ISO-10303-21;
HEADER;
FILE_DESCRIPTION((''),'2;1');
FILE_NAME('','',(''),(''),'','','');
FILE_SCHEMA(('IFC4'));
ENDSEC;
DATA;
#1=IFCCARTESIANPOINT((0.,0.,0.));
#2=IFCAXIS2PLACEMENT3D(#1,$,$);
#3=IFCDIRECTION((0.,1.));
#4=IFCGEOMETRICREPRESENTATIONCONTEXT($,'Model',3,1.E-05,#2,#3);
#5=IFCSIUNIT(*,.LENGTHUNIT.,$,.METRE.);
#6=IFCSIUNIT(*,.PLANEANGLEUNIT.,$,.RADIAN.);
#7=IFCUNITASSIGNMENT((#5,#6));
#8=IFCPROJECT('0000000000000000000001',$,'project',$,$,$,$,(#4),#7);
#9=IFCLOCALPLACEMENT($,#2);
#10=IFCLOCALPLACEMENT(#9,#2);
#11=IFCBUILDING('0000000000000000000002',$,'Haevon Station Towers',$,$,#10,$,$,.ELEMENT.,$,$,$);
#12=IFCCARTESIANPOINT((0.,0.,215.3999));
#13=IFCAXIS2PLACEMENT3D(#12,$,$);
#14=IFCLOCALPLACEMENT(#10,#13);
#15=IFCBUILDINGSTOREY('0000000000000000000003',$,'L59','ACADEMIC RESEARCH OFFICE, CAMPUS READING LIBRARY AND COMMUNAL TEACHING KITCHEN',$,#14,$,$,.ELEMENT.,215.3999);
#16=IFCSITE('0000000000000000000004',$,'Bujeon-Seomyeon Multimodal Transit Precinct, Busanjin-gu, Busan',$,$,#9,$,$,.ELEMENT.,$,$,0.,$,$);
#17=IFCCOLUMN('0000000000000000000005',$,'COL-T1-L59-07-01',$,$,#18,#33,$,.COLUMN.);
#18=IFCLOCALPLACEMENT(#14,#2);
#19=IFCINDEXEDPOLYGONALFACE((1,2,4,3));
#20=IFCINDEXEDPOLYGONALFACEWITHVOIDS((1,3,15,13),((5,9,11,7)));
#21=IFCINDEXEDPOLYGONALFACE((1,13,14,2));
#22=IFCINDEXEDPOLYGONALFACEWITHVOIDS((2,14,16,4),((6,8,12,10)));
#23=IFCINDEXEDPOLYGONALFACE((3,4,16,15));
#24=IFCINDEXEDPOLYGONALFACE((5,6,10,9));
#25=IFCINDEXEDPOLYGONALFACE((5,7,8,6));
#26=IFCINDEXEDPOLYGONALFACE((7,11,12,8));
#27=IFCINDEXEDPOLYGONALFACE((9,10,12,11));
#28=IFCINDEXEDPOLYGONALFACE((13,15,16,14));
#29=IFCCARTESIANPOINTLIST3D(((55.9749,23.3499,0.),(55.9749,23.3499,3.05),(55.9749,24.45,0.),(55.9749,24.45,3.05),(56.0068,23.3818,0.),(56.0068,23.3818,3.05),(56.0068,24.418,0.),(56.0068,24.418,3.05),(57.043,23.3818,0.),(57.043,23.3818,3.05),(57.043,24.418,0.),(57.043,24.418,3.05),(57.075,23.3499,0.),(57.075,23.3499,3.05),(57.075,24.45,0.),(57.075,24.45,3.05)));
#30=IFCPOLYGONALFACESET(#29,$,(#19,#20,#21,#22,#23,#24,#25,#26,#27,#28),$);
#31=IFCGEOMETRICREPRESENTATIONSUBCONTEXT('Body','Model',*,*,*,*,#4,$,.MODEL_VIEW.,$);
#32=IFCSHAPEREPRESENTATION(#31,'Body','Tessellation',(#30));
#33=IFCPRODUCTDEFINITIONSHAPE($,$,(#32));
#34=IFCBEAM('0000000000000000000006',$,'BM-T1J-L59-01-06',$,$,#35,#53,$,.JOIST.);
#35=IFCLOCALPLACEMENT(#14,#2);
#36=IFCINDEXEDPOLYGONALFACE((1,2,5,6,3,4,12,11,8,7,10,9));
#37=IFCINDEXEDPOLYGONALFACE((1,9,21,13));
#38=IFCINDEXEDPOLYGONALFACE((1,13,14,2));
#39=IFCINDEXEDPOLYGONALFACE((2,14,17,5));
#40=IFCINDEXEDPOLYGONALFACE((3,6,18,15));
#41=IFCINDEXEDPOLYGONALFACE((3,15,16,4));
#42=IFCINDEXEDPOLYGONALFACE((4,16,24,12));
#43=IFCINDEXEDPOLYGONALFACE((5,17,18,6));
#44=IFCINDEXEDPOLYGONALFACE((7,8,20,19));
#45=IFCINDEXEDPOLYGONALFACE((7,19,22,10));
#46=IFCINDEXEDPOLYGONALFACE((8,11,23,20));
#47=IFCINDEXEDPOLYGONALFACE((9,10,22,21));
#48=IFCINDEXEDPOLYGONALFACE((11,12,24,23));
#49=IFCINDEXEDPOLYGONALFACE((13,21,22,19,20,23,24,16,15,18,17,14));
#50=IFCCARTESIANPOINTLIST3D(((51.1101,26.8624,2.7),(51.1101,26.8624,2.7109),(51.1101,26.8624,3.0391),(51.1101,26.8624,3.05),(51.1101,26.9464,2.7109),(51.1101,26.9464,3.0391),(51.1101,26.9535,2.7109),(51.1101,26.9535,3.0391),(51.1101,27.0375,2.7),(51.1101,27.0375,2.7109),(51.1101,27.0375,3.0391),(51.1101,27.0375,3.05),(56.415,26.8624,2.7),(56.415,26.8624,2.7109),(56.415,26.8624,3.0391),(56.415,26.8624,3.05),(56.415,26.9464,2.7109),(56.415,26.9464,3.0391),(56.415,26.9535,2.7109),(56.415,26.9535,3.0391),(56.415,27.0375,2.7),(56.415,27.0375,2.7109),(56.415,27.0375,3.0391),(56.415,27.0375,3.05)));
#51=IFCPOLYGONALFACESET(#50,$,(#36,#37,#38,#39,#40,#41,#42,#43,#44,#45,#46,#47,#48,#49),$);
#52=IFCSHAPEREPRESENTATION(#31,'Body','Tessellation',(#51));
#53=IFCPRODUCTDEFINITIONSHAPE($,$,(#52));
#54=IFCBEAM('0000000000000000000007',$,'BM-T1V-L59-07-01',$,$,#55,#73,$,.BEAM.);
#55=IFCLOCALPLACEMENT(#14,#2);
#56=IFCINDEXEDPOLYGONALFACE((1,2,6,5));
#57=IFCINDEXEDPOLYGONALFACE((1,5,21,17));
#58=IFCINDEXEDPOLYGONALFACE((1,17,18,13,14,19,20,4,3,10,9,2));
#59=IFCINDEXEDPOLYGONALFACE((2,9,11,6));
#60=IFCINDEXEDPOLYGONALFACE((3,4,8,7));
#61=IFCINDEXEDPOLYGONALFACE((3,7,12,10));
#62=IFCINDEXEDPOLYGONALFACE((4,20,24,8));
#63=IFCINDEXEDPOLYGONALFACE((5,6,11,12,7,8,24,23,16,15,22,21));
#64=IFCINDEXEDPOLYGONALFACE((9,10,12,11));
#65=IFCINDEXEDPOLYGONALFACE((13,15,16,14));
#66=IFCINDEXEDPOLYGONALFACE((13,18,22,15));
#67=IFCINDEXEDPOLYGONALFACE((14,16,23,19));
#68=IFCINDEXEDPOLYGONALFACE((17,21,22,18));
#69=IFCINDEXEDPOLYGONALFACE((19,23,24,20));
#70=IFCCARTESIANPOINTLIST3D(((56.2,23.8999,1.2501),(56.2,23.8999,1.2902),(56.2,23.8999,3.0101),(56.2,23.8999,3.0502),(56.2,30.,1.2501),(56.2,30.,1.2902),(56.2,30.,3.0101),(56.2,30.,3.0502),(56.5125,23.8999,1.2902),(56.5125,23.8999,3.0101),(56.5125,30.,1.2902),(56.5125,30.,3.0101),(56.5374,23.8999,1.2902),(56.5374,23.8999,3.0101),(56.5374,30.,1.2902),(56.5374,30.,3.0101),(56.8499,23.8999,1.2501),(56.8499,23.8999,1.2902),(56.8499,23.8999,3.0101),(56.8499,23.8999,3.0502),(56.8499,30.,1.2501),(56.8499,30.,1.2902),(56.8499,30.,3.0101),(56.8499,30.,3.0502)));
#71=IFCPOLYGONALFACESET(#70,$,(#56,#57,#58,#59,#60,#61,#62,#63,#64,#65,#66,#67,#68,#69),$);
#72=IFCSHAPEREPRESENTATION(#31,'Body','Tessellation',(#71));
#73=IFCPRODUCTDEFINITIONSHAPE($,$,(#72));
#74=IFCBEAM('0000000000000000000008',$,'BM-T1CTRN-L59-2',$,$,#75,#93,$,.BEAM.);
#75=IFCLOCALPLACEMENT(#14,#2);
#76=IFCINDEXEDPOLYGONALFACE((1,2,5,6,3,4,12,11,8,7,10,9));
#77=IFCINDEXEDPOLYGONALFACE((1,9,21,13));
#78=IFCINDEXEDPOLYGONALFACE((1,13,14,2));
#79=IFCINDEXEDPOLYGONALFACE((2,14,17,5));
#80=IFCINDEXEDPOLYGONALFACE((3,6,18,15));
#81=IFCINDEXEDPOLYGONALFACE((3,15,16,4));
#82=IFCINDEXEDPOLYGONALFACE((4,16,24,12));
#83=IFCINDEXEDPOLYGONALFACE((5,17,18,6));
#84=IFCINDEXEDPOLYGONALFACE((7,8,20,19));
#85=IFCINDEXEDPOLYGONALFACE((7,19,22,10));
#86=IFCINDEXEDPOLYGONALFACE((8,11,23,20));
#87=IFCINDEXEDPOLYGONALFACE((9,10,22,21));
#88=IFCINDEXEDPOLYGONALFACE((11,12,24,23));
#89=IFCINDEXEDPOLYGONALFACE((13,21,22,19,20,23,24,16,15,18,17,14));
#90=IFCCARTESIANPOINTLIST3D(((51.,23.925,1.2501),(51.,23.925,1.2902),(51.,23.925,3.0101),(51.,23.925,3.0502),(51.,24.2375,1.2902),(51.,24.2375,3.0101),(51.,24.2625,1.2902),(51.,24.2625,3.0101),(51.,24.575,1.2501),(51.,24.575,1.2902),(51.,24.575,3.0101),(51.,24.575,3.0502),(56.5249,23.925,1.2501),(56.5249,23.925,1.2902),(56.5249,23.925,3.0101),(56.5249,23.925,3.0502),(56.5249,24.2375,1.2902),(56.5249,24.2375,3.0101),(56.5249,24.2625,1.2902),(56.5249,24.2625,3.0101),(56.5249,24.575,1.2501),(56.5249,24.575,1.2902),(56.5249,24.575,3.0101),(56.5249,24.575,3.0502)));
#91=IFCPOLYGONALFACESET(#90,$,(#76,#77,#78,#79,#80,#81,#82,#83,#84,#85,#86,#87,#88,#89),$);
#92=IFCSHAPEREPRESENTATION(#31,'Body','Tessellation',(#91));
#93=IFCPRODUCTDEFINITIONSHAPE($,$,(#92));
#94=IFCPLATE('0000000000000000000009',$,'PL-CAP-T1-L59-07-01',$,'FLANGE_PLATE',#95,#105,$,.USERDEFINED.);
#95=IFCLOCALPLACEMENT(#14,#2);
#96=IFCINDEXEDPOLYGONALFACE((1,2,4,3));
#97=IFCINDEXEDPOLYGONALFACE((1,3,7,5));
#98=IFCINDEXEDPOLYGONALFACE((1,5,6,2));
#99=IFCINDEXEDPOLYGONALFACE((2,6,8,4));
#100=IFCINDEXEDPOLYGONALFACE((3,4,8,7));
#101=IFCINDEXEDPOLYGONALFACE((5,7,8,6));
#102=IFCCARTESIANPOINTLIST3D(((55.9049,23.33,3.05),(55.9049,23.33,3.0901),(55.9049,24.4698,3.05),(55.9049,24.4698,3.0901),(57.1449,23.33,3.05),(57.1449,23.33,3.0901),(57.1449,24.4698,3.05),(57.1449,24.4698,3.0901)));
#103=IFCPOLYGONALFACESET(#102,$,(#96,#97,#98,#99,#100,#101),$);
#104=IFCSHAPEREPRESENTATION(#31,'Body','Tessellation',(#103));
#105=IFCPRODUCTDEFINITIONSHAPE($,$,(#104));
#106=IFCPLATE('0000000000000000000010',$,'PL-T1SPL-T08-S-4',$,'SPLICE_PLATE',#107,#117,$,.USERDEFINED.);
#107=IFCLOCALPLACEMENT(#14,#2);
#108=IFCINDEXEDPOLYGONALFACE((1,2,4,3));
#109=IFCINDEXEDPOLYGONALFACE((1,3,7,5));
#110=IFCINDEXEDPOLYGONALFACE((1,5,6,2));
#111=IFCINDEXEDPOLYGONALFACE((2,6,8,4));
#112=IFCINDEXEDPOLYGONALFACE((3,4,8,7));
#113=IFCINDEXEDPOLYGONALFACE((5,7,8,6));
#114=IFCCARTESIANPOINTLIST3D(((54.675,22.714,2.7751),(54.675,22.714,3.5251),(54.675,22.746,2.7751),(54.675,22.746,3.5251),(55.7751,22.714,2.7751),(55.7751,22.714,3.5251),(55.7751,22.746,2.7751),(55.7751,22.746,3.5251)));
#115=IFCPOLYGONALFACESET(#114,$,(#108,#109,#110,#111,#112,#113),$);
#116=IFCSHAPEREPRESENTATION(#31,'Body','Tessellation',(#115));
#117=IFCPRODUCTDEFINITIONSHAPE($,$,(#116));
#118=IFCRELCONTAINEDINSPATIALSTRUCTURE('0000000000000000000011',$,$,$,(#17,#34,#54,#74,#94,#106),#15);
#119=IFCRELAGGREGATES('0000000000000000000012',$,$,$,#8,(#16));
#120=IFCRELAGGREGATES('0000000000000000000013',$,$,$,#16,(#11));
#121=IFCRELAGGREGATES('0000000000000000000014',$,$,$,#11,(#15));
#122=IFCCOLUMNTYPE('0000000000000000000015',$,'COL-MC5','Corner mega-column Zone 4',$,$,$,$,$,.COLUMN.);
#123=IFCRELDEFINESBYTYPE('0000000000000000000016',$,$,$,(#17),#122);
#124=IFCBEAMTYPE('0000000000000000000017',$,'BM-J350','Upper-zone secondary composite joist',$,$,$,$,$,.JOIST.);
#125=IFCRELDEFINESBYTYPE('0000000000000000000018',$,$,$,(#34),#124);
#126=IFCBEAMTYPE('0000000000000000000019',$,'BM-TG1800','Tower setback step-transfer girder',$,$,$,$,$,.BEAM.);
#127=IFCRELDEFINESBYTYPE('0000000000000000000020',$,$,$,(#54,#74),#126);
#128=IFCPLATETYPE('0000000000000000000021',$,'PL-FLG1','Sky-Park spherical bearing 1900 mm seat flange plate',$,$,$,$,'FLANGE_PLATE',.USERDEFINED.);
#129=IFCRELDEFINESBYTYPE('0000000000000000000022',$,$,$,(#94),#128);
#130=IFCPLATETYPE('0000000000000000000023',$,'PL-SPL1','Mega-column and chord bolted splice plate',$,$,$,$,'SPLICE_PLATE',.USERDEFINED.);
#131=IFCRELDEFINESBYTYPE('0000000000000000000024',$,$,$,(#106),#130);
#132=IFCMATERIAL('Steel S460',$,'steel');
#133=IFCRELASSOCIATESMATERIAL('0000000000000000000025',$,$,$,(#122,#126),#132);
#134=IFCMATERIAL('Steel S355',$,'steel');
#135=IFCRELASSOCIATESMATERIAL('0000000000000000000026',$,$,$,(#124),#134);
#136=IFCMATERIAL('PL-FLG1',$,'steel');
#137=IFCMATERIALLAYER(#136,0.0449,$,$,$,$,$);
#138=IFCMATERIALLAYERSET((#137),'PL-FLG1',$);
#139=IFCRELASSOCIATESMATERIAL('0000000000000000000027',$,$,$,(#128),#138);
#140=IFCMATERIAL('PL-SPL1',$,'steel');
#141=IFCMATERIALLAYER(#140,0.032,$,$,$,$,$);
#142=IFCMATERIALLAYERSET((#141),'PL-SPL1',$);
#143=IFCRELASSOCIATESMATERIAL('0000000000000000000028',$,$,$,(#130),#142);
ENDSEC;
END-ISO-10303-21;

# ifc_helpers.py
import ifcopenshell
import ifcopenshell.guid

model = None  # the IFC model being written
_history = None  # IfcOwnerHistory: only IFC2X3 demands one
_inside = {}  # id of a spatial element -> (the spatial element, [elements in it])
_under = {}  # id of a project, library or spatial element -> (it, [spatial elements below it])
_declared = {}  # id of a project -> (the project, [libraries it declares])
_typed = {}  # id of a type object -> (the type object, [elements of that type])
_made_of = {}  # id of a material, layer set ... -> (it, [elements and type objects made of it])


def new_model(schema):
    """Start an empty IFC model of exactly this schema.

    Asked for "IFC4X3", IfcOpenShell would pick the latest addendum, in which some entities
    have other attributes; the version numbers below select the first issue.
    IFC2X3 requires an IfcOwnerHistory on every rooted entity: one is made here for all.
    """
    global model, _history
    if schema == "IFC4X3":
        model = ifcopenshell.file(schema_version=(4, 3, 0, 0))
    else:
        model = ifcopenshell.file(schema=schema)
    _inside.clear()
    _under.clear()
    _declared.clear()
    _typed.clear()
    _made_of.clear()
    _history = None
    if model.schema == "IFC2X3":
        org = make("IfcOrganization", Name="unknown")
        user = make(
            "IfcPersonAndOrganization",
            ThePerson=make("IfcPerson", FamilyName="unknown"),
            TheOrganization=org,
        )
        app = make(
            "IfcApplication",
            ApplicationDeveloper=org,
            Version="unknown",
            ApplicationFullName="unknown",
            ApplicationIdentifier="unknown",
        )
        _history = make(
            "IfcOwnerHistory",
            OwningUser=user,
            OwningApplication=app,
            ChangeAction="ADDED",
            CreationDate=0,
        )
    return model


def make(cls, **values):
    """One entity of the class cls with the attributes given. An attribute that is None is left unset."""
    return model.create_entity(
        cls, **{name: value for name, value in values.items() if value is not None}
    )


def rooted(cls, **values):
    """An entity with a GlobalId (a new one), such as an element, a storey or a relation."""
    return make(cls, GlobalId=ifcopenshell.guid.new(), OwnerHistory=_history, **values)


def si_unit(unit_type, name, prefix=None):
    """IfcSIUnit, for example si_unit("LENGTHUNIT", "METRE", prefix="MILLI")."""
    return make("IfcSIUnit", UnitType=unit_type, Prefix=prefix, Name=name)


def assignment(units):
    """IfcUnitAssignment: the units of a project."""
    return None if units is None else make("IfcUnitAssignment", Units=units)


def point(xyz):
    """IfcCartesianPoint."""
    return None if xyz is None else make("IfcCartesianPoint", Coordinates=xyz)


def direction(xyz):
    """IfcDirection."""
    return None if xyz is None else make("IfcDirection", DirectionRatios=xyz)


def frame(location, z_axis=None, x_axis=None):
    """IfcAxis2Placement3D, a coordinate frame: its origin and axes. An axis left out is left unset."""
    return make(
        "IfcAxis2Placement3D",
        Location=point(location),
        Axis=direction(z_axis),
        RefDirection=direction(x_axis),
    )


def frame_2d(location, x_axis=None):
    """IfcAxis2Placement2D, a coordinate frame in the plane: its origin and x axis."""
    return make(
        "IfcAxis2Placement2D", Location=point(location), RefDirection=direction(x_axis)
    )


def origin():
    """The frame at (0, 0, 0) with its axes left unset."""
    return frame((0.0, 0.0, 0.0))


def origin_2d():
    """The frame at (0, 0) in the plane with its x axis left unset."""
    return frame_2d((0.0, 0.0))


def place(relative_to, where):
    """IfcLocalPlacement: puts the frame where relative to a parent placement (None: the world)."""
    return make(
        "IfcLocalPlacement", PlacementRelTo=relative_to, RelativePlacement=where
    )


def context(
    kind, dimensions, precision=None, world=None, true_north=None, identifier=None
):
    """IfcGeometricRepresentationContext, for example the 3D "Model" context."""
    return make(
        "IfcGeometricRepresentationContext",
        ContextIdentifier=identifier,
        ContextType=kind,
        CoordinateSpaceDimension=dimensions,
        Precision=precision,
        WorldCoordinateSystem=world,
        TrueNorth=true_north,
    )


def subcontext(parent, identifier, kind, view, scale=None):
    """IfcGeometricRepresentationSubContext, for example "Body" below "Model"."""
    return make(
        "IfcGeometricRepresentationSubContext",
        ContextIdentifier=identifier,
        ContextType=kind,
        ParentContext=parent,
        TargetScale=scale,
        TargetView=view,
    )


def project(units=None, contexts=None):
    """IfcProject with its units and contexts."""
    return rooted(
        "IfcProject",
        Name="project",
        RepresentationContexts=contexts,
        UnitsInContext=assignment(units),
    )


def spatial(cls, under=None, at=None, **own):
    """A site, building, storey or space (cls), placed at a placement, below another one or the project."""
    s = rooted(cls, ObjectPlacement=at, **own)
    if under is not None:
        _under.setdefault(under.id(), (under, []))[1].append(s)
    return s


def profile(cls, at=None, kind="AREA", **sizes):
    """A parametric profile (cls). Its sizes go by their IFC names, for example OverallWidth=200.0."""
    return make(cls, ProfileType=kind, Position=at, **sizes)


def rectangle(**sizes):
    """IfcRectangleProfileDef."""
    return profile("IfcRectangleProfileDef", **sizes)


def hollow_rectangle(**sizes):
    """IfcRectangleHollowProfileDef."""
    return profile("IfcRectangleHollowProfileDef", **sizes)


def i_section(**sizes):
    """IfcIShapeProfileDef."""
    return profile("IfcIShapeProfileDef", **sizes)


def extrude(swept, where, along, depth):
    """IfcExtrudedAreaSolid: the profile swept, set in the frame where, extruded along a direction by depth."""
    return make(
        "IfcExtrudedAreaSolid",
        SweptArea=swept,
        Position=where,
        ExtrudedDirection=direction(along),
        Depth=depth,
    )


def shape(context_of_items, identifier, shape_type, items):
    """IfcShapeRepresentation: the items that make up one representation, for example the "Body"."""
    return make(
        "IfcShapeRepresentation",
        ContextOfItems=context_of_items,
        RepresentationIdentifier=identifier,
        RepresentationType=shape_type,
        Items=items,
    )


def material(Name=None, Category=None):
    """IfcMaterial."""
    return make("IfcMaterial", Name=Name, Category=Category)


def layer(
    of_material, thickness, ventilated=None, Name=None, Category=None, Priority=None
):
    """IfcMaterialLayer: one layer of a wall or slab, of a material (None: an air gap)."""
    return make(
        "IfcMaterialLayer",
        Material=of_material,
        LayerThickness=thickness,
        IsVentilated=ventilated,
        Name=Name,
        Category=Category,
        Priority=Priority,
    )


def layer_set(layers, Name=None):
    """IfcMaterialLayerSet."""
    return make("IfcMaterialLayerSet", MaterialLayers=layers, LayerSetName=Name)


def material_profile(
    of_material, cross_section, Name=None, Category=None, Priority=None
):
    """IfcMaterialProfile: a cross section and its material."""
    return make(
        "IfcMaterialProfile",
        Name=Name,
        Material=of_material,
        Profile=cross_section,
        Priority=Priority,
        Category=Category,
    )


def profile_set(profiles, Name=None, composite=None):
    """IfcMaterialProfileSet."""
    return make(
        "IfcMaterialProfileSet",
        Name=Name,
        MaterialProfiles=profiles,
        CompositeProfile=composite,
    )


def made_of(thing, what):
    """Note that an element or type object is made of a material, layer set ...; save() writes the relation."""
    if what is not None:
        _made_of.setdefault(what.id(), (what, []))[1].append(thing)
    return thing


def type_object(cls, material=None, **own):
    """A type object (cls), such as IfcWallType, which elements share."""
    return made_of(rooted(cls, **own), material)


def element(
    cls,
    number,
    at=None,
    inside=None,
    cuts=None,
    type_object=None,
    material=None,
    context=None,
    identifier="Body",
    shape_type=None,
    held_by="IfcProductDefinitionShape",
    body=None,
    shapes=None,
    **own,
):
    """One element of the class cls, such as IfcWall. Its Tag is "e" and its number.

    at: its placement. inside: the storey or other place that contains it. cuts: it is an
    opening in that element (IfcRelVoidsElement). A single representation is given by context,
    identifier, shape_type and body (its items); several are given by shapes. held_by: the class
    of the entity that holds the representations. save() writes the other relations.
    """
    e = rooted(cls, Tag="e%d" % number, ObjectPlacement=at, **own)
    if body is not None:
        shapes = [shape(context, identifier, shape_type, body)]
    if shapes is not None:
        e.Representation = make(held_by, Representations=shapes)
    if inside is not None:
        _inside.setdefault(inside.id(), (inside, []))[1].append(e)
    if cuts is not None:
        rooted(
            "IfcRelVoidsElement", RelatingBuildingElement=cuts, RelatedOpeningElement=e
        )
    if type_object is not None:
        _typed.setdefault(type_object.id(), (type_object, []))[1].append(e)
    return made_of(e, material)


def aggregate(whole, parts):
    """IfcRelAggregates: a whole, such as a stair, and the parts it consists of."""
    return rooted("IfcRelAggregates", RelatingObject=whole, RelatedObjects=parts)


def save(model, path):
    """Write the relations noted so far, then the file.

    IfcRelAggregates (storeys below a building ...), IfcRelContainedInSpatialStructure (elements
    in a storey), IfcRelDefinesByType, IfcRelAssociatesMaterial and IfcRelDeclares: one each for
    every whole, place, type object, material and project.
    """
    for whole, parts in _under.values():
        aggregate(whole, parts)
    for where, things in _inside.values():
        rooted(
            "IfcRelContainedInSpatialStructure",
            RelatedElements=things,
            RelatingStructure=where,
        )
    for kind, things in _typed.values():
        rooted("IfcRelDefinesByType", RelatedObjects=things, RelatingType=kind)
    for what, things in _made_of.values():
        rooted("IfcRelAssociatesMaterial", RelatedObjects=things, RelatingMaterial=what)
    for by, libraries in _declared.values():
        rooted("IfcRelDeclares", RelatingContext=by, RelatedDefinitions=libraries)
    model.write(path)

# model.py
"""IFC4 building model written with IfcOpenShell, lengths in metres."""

from ifc_helpers import new_model, si_unit, direction, frame, origin, origin_2d, place, context, subcontext, project, spatial, rectangle, hollow_rectangle, i_section, extrude, material, layer, layer_set, material_profile, profile_set, type_object, element, save


model = new_model("IFC4")

# Units and contexts
model_context = context("Model", 3, precision=1e-05, world=origin(), true_north=direction((0.0, 1.0)))
body_context = subcontext(model_context, "Body", "Model", "MODEL_VIEW")
ifc_project = project(units=[si_unit("LENGTHUNIT", "METRE"), si_unit("PLANEANGLEUNIT", "RADIAN")], contexts=[model_context])

# Site, building, storey
site_placement = place(None, origin())
site = spatial("IfcSite", under=ifc_project, at=site_placement, Name="Bujeon-Seomyeon Multimodal Transit Precinct, Busanjin-gu, Busan", CompositionType="ELEMENT", RefElevation=0.0)
building_placement = place(site_placement, origin())
building = spatial("IfcBuilding", under=site, at=building_placement, Name="Haevon Station Towers", CompositionType="ELEMENT")
storey_placement = place(building_placement, frame((0.0, 0.0, 215.3999)))
storey = spatial("IfcBuildingStorey", under=building, at=storey_placement, Name="L59", Description="ACADEMIC RESEARCH OFFICE, CAMPUS READING LIBRARY AND COMMUNAL TEACHING KITCHEN", CompositionType="ELEMENT", Elevation=215.3999)

# Column
ifc_material_1 = material(Name="Steel S460", Category="steel")
ifc_material_profile_1 = material_profile(ifc_material_1, hollow_rectangle(XDim=1.1001, YDim=1.1001, WallThickness=0.032, at=origin_2d()), Name="BOX-1100x1100x32")
ifc_profile_set_1 = profile_set([ifc_material_profile_1], Name="Steel S460")
column_type = type_object("IfcColumnType", Name="COL-MC5", Description="Corner mega-column Zone 4", PredefinedType="COLUMN", material=ifc_profile_set_1)
column_placement = place(storey_placement, frame((56.5249, 23.8999, 0.0), z_axis=(0.0, 0.0, 1.0), x_axis=(1.0, 0.0, 0.0)))
element("IfcColumn", 1, at=column_placement, inside=storey, type_object=column_type, Name="COL-T1-L59-07-01", PredefinedType="COLUMN", context=body_context, shape_type="SweptSolid", body=[
    extrude(hollow_rectangle(XDim=1.1001, YDim=1.1001, WallThickness=0.032, at=origin_2d()), origin(), (0.0, 0.0, 1.0), 3.05),
])

# Beams
ifc_material_2 = material(Name="Steel S355", Category="steel")
ifc_material_profile_2 = material_profile(ifc_material_2, i_section(OverallWidth=0.175, OverallDepth=0.3501, WebThickness=0.0071, FlangeThickness=0.011, at=origin_2d()), Name="H-350x175x7x11")
ifc_profile_set_2 = profile_set([ifc_material_profile_2], Name="Steel S355")
beam_type_1 = type_object("IfcBeamType", Name="BM-J350", Description="Upper-zone secondary composite joist", PredefinedType="JOIST", material=ifc_profile_set_2)
beam_1_placement = place(storey_placement, frame((51.1101, 26.95, 2.875), z_axis=(1.0, 0.0, 0.0), x_axis=(0.0, 1.0, 0.0)))
element("IfcBeam", 2, at=beam_1_placement, inside=storey, type_object=beam_type_1, Name="BM-T1J-L59-01-06", PredefinedType="JOIST", context=body_context, shape_type="SweptSolid", body=[
    extrude(i_section(OverallWidth=0.175, OverallDepth=0.3501, WebThickness=0.0071, FlangeThickness=0.011, at=origin_2d()), origin(), (0.0, 0.0, 1.0), 5.3049),
])
ifc_material_profile_3 = material_profile(ifc_material_1, i_section(OverallWidth=0.6499, OverallDepth=1.8, WebThickness=0.0249, FlangeThickness=0.04, at=origin_2d()), Name="H-1800x650x25x40")
ifc_profile_set_3 = profile_set([ifc_material_profile_3], Name="Steel S460")
beam_type_2 = type_object("IfcBeamType", Name="BM-TG1800", Description="Tower setback step-transfer girder", PredefinedType="BEAM", material=ifc_profile_set_3)
beam_2_placement = place(storey_placement, frame((56.5249, 23.8999, 2.1501), z_axis=(0.0, 1.0, 0.0), x_axis=(-1.0, 0.0, 0.0)))
element("IfcBeam", 3, at=beam_2_placement, inside=storey, type_object=beam_type_2, Name="BM-T1V-L59-07-01", PredefinedType="BEAM", context=body_context, shape_type="SweptSolid", body=[
    extrude(i_section(OverallWidth=0.6499, OverallDepth=1.8, WebThickness=0.0249, FlangeThickness=0.04, at=origin_2d()), origin(), (0.0, 0.0, 1.0), 6.1001),
])
beam_3_placement = place(storey_placement, frame((51.0, 24.25, 2.1501), z_axis=(1.0, 0.0, 0.0), x_axis=(0.0, 1.0, 0.0)))
element("IfcBeam", 4, at=beam_3_placement, inside=storey, type_object=beam_type_2, Name="BM-T1CTRN-L59-2", PredefinedType="BEAM", context=body_context, shape_type="SweptSolid", body=[
    extrude(i_section(OverallWidth=0.6499, OverallDepth=1.8, WebThickness=0.0249, FlangeThickness=0.04, at=origin_2d()), origin(), (0.0, 0.0, 1.0), 5.5249),
])

# Plates
ifc_material_3 = material(Name="PL-FLG1", Category="steel")
ifc_layer_1 = layer(ifc_material_3, 0.0449)
ifc_layer_set_1 = layer_set([ifc_layer_1], Name="PL-FLG1")
plate_type_1 = type_object("IfcPlateType", Name="PL-FLG1", Description="Sky-Park spherical bearing 1900 mm seat flange plate", ElementType="FLANGE_PLATE", PredefinedType="USERDEFINED", material=ifc_layer_set_1)
plate_1_placement = place(storey_placement, frame((56.5249, 23.8999, 3.05), z_axis=(0.0, 0.0, 1.0), x_axis=(1.0, 0.0, 0.0)))
element("IfcPlate", 5, at=plate_1_placement, inside=storey, type_object=plate_type_1, Name="PL-CAP-T1-L59-07-01", ObjectType="FLANGE_PLATE", PredefinedType="USERDEFINED", context=body_context, shape_type="SweptSolid", body=[
    extrude(rectangle(XDim=1.24, YDim=1.1399, at=origin_2d()), origin(), (0.0, 0.0, 1.0), 0.04),
])
ifc_material_4 = material(Name="PL-SPL1", Category="steel")
ifc_layer_2 = layer(ifc_material_4, 0.032)
ifc_layer_set_2 = layer_set([ifc_layer_2], Name="PL-SPL1")
plate_type_2 = type_object("IfcPlateType", Name="PL-SPL1", Description="Mega-column and chord bolted splice plate", ElementType="SPLICE_PLATE", PredefinedType="USERDEFINED", material=ifc_layer_set_2)
plate_2_placement = place(storey_placement, frame((55.2251, 22.73, 2.7751), z_axis=(0.0, 0.0, 1.0), x_axis=(1.0, 0.0, 0.0)))
element("IfcPlate", 6, at=plate_2_placement, inside=storey, type_object=plate_type_2, Name="PL-T1SPL-T08-S-4", ObjectType="SPLICE_PLATE", PredefinedType="USERDEFINED", context=body_context, shape_type="SweptSolid", body=[
    extrude(rectangle(XDim=1.1001, YDim=0.032, at=origin_2d()), origin(), (0.0, 0.0, 1.0), 0.75),
])

save(model, "model.ifc")
